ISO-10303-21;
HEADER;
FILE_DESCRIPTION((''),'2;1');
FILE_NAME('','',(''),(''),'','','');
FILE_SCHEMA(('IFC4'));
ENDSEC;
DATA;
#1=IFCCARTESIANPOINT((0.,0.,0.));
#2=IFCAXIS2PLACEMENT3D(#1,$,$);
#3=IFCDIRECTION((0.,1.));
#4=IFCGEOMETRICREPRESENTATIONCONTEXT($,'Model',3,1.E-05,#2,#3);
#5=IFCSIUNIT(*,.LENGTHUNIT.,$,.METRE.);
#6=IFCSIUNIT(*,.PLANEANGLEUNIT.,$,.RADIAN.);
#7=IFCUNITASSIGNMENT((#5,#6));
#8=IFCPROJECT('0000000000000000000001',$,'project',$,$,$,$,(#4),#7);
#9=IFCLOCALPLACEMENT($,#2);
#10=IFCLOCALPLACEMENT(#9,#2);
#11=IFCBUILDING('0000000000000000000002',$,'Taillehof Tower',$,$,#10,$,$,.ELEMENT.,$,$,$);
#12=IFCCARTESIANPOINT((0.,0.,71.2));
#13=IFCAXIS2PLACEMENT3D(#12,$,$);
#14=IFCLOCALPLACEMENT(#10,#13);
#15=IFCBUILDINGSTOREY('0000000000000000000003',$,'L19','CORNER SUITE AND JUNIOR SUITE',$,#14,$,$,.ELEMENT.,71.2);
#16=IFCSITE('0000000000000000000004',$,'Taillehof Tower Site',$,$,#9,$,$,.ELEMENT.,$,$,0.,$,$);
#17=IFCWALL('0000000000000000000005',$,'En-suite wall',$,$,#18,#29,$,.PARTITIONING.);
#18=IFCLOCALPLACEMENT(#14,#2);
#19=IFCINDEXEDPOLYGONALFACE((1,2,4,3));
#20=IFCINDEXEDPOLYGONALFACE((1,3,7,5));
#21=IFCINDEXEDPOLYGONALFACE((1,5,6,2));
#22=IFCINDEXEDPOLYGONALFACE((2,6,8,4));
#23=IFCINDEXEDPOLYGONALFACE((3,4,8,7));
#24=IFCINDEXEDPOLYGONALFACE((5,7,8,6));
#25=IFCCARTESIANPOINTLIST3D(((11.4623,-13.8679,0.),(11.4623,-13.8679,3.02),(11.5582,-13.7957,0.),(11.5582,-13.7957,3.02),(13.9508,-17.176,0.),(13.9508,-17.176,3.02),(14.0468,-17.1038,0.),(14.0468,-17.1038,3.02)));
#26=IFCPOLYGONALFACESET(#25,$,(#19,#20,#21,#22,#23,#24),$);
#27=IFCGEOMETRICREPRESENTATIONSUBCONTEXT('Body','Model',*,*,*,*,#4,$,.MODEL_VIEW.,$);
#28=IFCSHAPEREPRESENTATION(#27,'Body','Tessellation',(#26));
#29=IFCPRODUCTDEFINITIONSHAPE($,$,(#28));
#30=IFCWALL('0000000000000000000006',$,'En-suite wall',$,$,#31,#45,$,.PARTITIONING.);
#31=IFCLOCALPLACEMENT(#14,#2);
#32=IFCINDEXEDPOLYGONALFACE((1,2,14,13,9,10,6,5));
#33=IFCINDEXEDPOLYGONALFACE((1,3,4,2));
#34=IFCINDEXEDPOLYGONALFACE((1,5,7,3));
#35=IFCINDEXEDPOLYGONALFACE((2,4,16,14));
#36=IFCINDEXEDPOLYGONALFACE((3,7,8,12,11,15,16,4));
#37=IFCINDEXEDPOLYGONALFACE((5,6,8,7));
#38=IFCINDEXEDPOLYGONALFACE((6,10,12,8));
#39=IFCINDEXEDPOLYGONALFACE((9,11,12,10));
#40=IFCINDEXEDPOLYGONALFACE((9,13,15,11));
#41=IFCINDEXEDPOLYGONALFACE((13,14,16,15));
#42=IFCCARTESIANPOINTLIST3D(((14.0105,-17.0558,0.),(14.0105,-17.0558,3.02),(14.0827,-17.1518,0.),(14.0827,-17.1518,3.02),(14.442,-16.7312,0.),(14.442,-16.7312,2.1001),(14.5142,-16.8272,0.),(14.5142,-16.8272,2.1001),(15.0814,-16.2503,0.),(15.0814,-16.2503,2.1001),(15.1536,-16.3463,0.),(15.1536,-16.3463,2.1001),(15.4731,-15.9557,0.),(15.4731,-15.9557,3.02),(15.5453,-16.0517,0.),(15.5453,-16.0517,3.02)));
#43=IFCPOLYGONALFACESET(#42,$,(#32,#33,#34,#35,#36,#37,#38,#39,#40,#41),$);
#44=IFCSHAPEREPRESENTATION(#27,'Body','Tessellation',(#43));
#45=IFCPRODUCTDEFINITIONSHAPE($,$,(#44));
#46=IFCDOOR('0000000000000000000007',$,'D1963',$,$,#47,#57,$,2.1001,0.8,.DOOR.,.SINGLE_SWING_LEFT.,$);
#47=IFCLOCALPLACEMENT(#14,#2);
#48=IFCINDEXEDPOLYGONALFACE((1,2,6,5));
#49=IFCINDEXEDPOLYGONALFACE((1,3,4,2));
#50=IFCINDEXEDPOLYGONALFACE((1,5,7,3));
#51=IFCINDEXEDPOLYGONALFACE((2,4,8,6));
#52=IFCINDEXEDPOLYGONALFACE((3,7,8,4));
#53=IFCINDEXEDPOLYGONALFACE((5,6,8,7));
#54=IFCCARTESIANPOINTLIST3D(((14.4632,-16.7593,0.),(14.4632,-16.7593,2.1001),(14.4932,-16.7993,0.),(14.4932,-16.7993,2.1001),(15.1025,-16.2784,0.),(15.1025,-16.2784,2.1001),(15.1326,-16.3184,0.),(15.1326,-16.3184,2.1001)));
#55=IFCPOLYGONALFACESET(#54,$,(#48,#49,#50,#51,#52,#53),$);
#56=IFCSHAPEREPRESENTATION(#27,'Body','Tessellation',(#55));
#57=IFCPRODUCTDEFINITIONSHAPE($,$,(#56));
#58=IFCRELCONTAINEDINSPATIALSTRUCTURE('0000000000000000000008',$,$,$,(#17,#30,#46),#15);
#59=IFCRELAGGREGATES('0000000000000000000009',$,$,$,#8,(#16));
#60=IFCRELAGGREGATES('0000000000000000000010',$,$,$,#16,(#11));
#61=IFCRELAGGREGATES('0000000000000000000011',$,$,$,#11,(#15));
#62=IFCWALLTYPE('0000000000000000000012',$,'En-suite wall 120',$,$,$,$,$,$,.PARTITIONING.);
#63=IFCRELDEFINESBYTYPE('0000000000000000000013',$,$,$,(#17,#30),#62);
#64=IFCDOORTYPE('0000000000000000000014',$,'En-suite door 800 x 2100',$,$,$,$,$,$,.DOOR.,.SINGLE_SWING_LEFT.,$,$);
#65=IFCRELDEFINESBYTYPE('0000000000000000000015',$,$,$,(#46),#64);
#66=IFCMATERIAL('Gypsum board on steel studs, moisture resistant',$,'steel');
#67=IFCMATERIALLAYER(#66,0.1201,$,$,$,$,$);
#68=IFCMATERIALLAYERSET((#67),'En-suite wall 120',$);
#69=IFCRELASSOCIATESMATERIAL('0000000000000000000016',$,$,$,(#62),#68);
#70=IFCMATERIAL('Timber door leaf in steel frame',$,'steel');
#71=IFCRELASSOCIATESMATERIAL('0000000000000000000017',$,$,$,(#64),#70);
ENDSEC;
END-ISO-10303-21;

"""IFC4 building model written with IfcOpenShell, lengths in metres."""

from ifc_helpers import new_model, si_unit, direction, frame, frame_2d, origin, place, context, subcontext, project, spatial, rectangle, extrude, material, layer, layer_set, type_object, element, fill, save


model = new_model("IFC4")

# Units and contexts
model_context = context("Model", 3, precision=1e-05, world=origin(), true_north=direction((0.0, 1.0)))
body_context = subcontext(model_context, "Body", "Model", "MODEL_VIEW")
ifc_project = project(units=[si_unit("LENGTHUNIT", "METRE"), si_unit("PLANEANGLEUNIT", "RADIAN")], contexts=[model_context])

# Site, building, storey
site_placement = place(None, origin())
site = spatial("IfcSite", under=ifc_project, at=site_placement, Name="Taillehof Tower Site", CompositionType="ELEMENT", RefElevation=0.0)
building_placement = place(site_placement, origin())
building = spatial("IfcBuilding", under=site, at=building_placement, Name="Taillehof Tower", CompositionType="ELEMENT")
storey_placement = place(building_placement, frame((0.0, 0.0, 71.2)))
storey = spatial("IfcBuildingStorey", under=building, at=storey_placement, Name="L19", Description="CORNER SUITE AND JUNIOR SUITE", CompositionType="ELEMENT", Elevation=71.2)

# Wall
ifc_material_1 = material(Name="Gypsum board on steel studs, moisture resistant", Category="steel")
ifc_layer_1 = layer(ifc_material_1, 0.1201)
ifc_layer_set_1 = layer_set([ifc_layer_1], Name="En-suite wall 120")
wall_type_1 = type_object("IfcWallType", Name="En-suite wall 120", PredefinedType="PARTITIONING", material=ifc_layer_set_1)
wall_1_placement = place(storey_placement, frame((11.5103, -13.8318, 0.0), z_axis=(0.0, 0.0, 1.0), x_axis=(0.601151, -0.799136, 0.0)))
element("IfcWall", 1, at=wall_1_placement, inside=storey, type_object=wall_type_1, Name="En-suite wall", PredefinedType="PARTITIONING", context=body_context, shape_type="SweptSolid", body=[
    extrude(rectangle(XDim=4.1396, YDim=0.1201, at=frame_2d((2.0698, 0.0))), origin(), (0.0, 0.0, 1.0), 3.02),
])

# Wall, opening, door
wall_2_placement = place(storey_placement, frame((14.0466, -17.1038, 0.0), z_axis=(0.0, 0.0, 1.0), x_axis=(0.799183, 0.601088, 0.0)))
wall_2 = element("IfcWall", 2, at=wall_2_placement, inside=storey, type_object=wall_type_1, Name="En-suite wall", PredefinedType="PARTITIONING", context=body_context, shape_type="SweptSolid", body=[
    extrude(rectangle(XDim=1.8301, YDim=0.1201, at=frame_2d((0.915, 0.0))), origin(), (0.0, 0.0, 1.0), 3.02),
])
opening_1_placement = place(wall_2_placement, frame((0.54, 0.0, 0.0)))
opening_1 = element("IfcOpeningElement", 3, at=opening_1_placement, cuts=wall_2, PredefinedType="OPENING", context=body_context, shape_type="SweptSolid", body=[
    extrude(rectangle(XDim=0.8, YDim=2.1001, at=frame_2d((0.3999, 1.05))), frame((0.0, 0.0701, 0.0), z_axis=(0.0, -1.0, 0.0), x_axis=(1.0, 0.0, 0.0)), (0.0, 0.0, 1.0), 0.1401),
])
ifc_material_2 = material(Name="Timber door leaf in steel frame", Category="steel")
door_type_1 = type_object("IfcDoorType", Name="En-suite door 800 x 2100", OperationType="SINGLE_SWING_LEFT", PredefinedType="DOOR", material=ifc_material_2)
door_1_placement = place(opening_1_placement, origin())
door_1 = element("IfcDoor", 4, at=door_1_placement, inside=storey, type_object=door_type_1, Name="D1963", OperationType="SINGLE_SWING_LEFT", OverallHeight=2.1001, OverallWidth=0.8, PredefinedType="DOOR", context=body_context, shape_type="SweptSolid", body=[
    extrude(rectangle(XDim=0.8, YDim=2.1001, at=frame_2d((0.3999, 1.05))), frame((0.0, 0.0249, 0.0), z_axis=(0.0, -1.0, 0.0), x_axis=(1.0, 0.0, 0.0)), (0.0, 0.0, 1.0), 0.05),
])
fill(opening_1, door_1)

save(model, "model.ifc")
